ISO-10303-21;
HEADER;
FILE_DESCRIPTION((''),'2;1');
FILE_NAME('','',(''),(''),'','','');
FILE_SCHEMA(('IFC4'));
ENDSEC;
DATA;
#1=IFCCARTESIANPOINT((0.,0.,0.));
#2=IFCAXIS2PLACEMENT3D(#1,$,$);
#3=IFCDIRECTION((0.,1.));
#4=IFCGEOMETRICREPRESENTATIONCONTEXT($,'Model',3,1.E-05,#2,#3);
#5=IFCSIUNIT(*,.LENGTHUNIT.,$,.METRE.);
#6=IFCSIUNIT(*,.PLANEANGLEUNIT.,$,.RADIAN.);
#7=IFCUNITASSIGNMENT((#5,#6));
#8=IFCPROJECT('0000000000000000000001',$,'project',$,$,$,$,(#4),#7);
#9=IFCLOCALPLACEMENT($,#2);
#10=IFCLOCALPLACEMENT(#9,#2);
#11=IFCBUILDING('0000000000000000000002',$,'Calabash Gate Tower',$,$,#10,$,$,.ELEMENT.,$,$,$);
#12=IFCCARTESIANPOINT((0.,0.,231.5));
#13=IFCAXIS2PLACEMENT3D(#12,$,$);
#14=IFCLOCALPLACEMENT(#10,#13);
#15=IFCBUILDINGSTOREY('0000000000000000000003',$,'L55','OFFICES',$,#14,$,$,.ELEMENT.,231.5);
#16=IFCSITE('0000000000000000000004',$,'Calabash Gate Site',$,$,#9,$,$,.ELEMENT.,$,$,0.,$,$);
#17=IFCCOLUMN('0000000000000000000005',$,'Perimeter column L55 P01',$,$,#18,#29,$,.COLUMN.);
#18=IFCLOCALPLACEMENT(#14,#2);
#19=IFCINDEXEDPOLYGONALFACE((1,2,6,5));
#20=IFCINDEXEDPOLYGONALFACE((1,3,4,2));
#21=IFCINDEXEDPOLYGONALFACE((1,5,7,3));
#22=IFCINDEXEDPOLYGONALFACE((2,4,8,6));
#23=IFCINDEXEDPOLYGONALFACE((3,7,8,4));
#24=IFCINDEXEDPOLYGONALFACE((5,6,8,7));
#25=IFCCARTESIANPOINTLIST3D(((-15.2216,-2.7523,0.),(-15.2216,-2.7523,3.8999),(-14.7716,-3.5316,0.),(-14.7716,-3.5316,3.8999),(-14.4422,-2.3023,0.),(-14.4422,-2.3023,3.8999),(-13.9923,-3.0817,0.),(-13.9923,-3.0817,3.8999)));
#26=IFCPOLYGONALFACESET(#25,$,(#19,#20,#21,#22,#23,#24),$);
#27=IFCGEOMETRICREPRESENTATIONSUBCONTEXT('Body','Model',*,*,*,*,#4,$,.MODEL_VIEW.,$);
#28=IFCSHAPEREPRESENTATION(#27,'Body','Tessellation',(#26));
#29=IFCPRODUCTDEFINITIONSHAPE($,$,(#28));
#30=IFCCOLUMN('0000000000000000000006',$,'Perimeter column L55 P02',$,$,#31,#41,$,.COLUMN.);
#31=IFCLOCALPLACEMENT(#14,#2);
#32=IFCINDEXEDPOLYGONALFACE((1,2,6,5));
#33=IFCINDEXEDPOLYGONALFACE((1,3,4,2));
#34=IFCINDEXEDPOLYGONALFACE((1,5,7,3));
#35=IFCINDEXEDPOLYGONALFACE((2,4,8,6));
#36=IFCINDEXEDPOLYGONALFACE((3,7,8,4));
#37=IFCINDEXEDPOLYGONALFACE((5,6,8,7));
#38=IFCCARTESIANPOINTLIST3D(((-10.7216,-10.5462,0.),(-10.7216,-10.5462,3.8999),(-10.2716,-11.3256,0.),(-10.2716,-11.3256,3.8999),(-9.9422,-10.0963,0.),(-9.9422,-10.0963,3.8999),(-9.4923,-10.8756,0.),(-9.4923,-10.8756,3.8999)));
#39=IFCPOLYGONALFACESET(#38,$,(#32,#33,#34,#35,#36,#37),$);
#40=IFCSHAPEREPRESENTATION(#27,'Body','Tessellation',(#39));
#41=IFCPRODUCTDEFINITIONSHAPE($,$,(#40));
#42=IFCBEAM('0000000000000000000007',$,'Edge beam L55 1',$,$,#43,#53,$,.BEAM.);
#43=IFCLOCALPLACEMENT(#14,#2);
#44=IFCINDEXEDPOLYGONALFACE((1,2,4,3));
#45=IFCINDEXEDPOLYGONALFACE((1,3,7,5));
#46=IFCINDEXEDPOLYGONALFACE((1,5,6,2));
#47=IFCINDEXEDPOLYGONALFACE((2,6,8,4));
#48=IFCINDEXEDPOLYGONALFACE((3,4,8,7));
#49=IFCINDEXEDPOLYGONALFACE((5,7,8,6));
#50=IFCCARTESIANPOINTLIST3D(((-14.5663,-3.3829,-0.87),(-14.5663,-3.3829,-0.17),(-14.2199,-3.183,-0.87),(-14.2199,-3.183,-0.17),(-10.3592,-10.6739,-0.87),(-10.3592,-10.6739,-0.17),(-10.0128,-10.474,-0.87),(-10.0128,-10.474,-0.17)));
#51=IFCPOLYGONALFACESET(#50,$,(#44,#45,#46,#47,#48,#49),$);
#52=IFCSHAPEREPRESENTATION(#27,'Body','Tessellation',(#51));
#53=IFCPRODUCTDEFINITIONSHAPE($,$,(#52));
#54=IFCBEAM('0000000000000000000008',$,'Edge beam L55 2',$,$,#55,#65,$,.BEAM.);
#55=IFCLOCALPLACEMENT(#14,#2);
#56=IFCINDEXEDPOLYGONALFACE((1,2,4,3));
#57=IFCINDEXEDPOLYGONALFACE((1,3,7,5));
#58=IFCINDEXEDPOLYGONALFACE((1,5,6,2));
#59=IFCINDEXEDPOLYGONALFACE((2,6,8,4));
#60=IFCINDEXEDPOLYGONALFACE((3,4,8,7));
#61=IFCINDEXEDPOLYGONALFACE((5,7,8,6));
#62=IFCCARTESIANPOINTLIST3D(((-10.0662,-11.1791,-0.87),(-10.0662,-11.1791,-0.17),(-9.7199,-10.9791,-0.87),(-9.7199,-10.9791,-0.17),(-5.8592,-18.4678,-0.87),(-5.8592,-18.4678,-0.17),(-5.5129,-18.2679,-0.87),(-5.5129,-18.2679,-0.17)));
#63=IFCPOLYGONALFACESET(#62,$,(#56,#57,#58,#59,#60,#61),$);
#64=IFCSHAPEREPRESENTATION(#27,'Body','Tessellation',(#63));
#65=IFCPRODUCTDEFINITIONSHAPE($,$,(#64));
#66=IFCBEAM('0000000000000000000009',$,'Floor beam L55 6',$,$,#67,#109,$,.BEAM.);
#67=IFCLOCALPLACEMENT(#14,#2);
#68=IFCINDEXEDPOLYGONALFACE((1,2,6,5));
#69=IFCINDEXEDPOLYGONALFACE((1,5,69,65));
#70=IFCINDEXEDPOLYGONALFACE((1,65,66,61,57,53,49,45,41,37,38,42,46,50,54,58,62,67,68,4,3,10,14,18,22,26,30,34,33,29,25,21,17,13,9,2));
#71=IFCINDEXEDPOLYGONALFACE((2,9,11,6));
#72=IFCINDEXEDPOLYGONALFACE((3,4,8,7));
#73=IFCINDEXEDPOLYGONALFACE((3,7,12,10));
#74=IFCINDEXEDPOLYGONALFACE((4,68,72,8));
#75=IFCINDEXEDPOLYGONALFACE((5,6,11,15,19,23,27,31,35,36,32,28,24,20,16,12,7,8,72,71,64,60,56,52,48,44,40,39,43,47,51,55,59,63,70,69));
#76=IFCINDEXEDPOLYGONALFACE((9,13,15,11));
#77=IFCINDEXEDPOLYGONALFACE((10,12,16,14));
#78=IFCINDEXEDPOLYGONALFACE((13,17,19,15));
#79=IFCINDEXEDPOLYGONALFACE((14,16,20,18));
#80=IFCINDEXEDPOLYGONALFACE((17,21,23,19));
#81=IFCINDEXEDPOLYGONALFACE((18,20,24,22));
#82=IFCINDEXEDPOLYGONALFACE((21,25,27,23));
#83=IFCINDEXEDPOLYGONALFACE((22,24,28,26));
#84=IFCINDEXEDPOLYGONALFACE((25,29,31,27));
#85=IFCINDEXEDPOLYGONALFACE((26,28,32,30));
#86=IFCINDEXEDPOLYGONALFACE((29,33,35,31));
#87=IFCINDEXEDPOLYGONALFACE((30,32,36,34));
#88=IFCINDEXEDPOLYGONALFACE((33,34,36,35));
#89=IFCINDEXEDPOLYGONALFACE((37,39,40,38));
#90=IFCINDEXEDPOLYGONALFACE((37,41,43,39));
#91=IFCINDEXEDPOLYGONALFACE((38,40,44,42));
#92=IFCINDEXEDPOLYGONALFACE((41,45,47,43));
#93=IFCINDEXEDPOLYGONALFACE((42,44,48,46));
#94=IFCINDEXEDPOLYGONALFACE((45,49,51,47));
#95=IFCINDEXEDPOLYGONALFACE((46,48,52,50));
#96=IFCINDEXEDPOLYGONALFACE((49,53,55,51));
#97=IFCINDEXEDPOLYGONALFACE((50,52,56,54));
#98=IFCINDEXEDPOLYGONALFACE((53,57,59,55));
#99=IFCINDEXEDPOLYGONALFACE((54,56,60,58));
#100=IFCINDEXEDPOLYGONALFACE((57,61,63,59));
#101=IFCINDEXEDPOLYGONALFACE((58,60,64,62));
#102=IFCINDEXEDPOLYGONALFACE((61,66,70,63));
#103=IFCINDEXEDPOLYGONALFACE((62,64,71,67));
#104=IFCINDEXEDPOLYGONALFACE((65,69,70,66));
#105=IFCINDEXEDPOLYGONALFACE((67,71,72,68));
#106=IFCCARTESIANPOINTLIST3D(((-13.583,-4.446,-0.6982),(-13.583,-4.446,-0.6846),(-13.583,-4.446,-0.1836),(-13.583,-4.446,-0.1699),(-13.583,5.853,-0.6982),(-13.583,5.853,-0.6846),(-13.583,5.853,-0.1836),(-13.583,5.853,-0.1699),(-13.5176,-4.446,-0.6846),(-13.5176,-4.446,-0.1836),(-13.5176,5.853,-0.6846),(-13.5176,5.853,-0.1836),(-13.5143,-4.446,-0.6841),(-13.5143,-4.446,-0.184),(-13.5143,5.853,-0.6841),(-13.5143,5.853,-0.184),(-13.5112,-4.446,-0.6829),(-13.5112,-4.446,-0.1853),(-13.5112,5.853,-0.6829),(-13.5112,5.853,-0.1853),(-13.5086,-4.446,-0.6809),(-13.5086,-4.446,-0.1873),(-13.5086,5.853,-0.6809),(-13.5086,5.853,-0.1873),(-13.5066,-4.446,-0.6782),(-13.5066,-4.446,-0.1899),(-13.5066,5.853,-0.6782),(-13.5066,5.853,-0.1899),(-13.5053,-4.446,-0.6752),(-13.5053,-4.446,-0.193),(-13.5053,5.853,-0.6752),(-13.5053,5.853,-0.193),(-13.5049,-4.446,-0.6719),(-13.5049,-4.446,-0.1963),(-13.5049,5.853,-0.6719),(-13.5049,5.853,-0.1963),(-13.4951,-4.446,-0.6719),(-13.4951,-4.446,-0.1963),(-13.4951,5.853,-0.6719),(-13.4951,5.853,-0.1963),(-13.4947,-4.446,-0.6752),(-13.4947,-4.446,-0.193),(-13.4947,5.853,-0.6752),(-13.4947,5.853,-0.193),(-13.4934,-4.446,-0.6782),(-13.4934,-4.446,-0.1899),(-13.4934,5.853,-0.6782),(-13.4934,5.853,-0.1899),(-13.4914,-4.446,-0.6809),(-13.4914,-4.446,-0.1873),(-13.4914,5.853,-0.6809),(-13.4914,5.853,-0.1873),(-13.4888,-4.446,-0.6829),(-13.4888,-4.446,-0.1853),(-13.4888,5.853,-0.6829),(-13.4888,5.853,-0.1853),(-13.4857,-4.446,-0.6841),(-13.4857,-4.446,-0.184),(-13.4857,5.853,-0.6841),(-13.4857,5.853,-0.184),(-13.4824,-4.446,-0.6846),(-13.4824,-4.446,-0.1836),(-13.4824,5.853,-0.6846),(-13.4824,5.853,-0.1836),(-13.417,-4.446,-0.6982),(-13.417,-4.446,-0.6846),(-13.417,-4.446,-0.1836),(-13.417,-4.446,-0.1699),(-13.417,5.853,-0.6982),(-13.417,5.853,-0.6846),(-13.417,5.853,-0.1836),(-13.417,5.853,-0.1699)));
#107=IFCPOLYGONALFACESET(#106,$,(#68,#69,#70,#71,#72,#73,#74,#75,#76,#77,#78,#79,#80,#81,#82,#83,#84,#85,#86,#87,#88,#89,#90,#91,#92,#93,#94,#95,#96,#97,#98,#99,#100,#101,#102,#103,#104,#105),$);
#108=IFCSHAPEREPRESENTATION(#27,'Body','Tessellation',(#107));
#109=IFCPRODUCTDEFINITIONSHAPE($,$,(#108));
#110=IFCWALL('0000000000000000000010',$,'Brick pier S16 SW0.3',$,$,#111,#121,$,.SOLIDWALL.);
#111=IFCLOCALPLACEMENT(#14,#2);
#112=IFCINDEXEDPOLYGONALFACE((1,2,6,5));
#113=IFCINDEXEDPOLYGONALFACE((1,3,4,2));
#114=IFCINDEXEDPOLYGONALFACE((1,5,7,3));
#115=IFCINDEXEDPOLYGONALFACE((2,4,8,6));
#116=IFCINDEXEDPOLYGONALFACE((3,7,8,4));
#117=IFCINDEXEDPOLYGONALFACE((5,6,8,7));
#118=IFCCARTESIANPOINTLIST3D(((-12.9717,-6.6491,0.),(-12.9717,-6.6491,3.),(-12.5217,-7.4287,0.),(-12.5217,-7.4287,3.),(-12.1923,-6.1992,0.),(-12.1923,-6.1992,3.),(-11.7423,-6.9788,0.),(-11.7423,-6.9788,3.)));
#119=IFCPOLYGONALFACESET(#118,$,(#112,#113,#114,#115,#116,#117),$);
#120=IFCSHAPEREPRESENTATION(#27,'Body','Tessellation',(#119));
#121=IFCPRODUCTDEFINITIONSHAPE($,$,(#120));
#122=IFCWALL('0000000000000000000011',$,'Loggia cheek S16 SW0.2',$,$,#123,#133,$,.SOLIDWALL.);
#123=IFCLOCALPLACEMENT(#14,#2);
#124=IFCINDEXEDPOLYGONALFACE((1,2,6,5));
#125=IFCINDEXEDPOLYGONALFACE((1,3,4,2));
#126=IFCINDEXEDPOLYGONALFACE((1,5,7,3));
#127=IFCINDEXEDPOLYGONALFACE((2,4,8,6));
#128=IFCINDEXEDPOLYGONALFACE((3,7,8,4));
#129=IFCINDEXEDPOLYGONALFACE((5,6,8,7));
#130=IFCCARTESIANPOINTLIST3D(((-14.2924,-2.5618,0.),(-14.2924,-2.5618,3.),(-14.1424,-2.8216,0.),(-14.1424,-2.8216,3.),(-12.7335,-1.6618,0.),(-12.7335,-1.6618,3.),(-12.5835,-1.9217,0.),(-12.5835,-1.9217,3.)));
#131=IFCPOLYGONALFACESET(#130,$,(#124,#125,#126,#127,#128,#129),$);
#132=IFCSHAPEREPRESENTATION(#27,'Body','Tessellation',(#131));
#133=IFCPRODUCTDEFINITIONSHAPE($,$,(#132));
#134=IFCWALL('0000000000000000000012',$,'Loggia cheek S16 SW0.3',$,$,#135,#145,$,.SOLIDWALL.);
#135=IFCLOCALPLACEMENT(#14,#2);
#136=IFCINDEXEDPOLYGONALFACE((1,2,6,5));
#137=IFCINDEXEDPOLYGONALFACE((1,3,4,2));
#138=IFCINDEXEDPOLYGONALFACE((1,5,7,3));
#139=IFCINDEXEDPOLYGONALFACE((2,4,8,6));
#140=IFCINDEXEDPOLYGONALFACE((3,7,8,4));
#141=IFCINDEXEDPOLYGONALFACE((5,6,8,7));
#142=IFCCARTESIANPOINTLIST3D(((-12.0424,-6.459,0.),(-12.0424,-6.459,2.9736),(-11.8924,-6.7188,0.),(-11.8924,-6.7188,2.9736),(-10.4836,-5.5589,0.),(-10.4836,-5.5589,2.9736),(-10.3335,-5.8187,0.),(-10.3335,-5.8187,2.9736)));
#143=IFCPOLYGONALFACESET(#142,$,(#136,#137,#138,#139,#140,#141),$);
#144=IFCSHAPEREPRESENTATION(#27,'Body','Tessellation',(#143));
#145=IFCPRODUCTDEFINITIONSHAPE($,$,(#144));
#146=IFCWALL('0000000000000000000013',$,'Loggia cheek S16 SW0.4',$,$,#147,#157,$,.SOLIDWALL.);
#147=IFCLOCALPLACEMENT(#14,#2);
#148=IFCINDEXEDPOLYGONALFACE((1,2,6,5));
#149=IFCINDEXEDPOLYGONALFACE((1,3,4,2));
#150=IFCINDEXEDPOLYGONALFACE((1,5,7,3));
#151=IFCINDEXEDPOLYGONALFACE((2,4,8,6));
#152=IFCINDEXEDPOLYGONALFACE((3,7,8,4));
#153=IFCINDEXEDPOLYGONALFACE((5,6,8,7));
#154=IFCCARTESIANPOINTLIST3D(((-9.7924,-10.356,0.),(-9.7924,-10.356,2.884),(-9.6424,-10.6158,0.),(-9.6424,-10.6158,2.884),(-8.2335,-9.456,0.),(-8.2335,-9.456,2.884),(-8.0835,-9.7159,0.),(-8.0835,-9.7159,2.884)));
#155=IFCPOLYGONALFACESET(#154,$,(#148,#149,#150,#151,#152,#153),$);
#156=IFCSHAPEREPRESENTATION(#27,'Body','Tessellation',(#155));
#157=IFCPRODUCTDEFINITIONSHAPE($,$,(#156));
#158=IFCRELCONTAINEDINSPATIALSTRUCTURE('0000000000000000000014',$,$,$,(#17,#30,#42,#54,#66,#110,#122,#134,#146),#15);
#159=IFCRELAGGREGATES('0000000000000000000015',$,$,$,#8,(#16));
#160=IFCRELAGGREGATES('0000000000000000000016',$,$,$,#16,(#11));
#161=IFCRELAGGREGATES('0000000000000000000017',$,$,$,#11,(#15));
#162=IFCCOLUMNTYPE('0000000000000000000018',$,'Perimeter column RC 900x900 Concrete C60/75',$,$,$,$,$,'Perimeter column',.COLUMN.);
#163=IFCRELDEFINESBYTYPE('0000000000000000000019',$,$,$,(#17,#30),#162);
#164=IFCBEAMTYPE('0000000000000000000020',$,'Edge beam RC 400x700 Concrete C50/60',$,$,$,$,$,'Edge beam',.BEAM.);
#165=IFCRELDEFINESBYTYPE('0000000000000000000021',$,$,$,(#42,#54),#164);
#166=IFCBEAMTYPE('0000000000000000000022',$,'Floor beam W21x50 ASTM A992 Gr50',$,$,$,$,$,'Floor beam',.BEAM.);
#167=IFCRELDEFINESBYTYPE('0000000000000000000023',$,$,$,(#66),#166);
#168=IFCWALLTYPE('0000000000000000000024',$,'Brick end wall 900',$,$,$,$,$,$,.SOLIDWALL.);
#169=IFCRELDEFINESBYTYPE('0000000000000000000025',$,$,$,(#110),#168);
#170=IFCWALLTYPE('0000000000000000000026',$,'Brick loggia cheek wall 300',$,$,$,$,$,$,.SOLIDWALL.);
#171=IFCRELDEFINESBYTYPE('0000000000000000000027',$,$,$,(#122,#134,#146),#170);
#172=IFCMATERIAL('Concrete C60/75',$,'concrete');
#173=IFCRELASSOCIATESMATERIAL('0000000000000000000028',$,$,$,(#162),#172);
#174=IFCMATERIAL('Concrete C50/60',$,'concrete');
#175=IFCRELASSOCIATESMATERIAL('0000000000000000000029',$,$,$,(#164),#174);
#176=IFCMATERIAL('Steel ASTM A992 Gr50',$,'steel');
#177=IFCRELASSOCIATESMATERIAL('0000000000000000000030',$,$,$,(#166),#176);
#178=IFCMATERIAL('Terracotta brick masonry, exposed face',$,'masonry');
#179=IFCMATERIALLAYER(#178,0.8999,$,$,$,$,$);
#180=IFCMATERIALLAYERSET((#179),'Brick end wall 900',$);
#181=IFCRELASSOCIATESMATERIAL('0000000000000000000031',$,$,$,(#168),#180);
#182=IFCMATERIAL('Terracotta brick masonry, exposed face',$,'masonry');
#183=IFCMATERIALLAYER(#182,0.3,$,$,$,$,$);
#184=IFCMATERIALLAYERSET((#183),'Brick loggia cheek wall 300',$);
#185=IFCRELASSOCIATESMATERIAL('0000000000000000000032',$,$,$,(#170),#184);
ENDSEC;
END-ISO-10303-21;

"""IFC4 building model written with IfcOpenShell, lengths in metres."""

from ifc_helpers import new_model, si_unit, direction, frame, frame_2d, origin, origin_2d, place, context, subcontext, project, spatial, rectangle, i_section, extrude, material, layer, layer_set, material_profile, profile_set, type_object, element, save


model = new_model("IFC4")

# Units and contexts
model_context = context("Model", 3, precision=1e-05, world=origin(), true_north=direction((0.0, 1.0)))
body_context = subcontext(model_context, "Body", "Model", "MODEL_VIEW")
ifc_project = project(units=[si_unit("LENGTHUNIT", "METRE"), si_unit("PLANEANGLEUNIT", "RADIAN")], contexts=[model_context])

# Site, building, storey
site_placement = place(None, origin())
site = spatial("IfcSite", under=ifc_project, at=site_placement, Name="Calabash Gate Site", CompositionType="ELEMENT", RefElevation=0.0)
building_placement = place(site_placement, origin())
building = spatial("IfcBuilding", under=site, at=building_placement, Name="Calabash Gate Tower", CompositionType="ELEMENT")
storey_placement = place(building_placement, frame((0.0, 0.0, 231.5)))
storey = spatial("IfcBuildingStorey", under=building, at=storey_placement, Name="L55", Description="OFFICES", CompositionType="ELEMENT", Elevation=231.5)

# Columns
ifc_material_1 = material(Name="Concrete C60/75", Category="concrete")
ifc_material_profile_1 = material_profile(ifc_material_1, rectangle(XDim=0.8999, YDim=0.8999, at=origin_2d()))
ifc_profile_set_1 = profile_set([ifc_material_profile_1], Name="Concrete C60/75")
column_type = type_object("IfcColumnType", Name="Perimeter column RC 900x900 Concrete C60/75", ElementType="Perimeter column", PredefinedType="COLUMN", material=ifc_profile_set_1)
for number, where, z_axis, x_axis, name in (
    (1, (-14.6069, -2.917, 0.0), (0.0, 0.0, 1.0), (0.5, -0.866025, 0.0), "Perimeter column L55 P01"),
    (2, (-10.1069, -10.7109, 0.0), (0.0, 0.0, 1.0), (0.5, -0.866025, 0.0), "Perimeter column L55 P02"),
):
    element("IfcColumn", number, at=place(storey_placement, frame(where, z_axis=z_axis, x_axis=x_axis)), inside=storey, type_object=column_type, Name=name, PredefinedType="COLUMN", context=body_context, shape_type="SweptSolid", body=[
        extrude(rectangle(XDim=0.8999, YDim=0.8999, at=origin_2d()), origin(), (0.0, 0.0, 1.0), 3.8999),
    ])

# Beams
ifc_material_2 = material(Name="Concrete C50/60", Category="concrete")
ifc_material_profile_2 = material_profile(ifc_material_2, rectangle(XDim=0.3999, YDim=0.7, at=origin_2d()))
ifc_profile_set_2 = profile_set([ifc_material_profile_2], Name="Concrete C50/60")
beam_type_1 = type_object("IfcBeamType", Name="Edge beam RC 400x700 Concrete C50/60", ElementType="Edge beam", PredefinedType="BEAM", material=ifc_profile_set_2)
beam_1_placement = place(storey_placement, frame((-14.3931, -3.283, -0.52), z_axis=(0.499783, -0.866151, 0.0), x_axis=(0.866151, 0.499783, 0.0)))
element("IfcBeam", 3, at=beam_1_placement, inside=storey, type_object=beam_type_1, Name="Edge beam L55 1", PredefinedType="BEAM", context=body_context, shape_type="SweptSolid", body=[
    extrude(rectangle(XDim=0.3999, YDim=0.7, at=origin_2d()), origin(), (0.0, 0.0, 1.0), 8.4177),
])
beam_2_placement = place(storey_placement, frame((-9.8931, -11.0791, -0.52), z_axis=(0.499896, -0.866086, 0.0), x_axis=(0.866086, 0.499896, 0.0)))
element("IfcBeam", 4, at=beam_2_placement, inside=storey, type_object=beam_type_1, Name="Edge beam L55 2", PredefinedType="BEAM", context=body_context, shape_type="SweptSolid", body=[
    extrude(rectangle(XDim=0.3999, YDim=0.7, at=origin_2d()), origin(), (0.0, 0.0, 1.0), 8.4158),
])
ifc_material_3 = material(Name="Steel ASTM A992 Gr50", Category="steel")
ifc_material_profile_3 = material_profile(ifc_material_3, i_section(OverallWidth=0.166, OverallDepth=0.5283, WebThickness=0.0098, FlangeThickness=0.0137, FilletRadius=0.0127, at=origin_2d()))
ifc_profile_set_3 = profile_set([ifc_material_profile_3], Name="Steel ASTM A992 Gr50")
beam_type_2 = type_object("IfcBeamType", Name="Floor beam W21x50 ASTM A992 Gr50", ElementType="Floor beam", PredefinedType="BEAM", material=ifc_profile_set_3)
beam_3_placement = place(storey_placement, frame((-13.5, -4.446, -0.4341), z_axis=(0.0, 1.0, 0.0), x_axis=(-1.0, 0.0, 0.0)))
element("IfcBeam", 5, at=beam_3_placement, inside=storey, type_object=beam_type_2, Name="Floor beam L55 6", PredefinedType="BEAM", context=body_context, shape_type="SweptSolid", body=[
    extrude(i_section(OverallWidth=0.166, OverallDepth=0.5283, WebThickness=0.0098, FlangeThickness=0.0137, FilletRadius=0.0127, at=origin_2d()), origin(), (0.0, 0.0, 1.0), 10.2991),
])

# Walls
ifc_material_4 = material(Name="Terracotta brick masonry, exposed face", Category="masonry")
ifc_layer_1 = layer(ifc_material_4, 0.8999)
ifc_layer_set_1 = layer_set([ifc_layer_1], Name="Brick end wall 900")
wall_type_1 = type_object("IfcWallType", Name="Brick end wall 900", PredefinedType="SOLIDWALL", material=ifc_layer_set_1)
wall_1_placement = place(storey_placement, frame((-12.582, -6.4241, 0.0), z_axis=(0.0, 0.0, 1.0), x_axis=(0.499902, -0.866082, 0.0)))
element("IfcWall", 6, at=wall_1_placement, inside=storey, type_object=wall_type_1, Name="Brick pier S16 SW0.3", PredefinedType="SOLIDWALL", context=body_context, shape_type="SweptSolid", body=[
    extrude(rectangle(XDim=0.9001, YDim=0.8999, at=frame_2d((0.4502, 0.0))), origin(), (0.0, 0.0, 1.0), 3.0),
])
ifc_material_5 = material(Name="Terracotta brick masonry, exposed face", Category="masonry")
ifc_layer_2 = layer(ifc_material_5, 0.3)
ifc_layer_set_2 = layer_set([ifc_layer_2], Name="Brick loggia cheek wall 300")
wall_type_2 = type_object("IfcWallType", Name="Brick loggia cheek wall 300", PredefinedType="SOLIDWALL", material=ifc_layer_set_2)
wall_2_placement = place(storey_placement, frame((-14.2173, -2.6917, 0.0), z_axis=(0.0, 0.0, 1.0), x_axis=(0.866048, 0.499961, 0.0)))
element("IfcWall", 7, at=wall_2_placement, inside=storey, type_object=wall_type_2, Name="Loggia cheek S16 SW0.2", PredefinedType="SOLIDWALL", context=body_context, shape_type="SweptSolid", body=[
    extrude(rectangle(XDim=1.8, YDim=0.3, at=frame_2d((0.8999, 0.0))), origin(), (0.0, 0.0, 1.0), 3.0),
])
wall_3_placement = place(storey_placement, frame((-11.9673, -6.5889, 0.0), z_axis=(0.0, 0.0, 1.0), x_axis=(0.865989, 0.500063, 0.0)))
element("IfcWall", 8, at=wall_3_placement, inside=storey, type_object=wall_type_2, Name="Loggia cheek S16 SW0.3", PredefinedType="SOLIDWALL", context=body_context, shape_type="SweptSolid", body=[
    extrude(rectangle(XDim=1.8, YDim=0.3, at=frame_2d((0.8999, 0.0))), origin(), (0.0, 0.0, 1.0), 2.9736),
])
wall_4_placement = place(storey_placement, frame((-9.7173, -10.4858, 0.0), z_axis=(0.0, 0.0, 1.0), x_axis=(0.866048, 0.499961, 0.0)))
element("IfcWall", 9, at=wall_4_placement, inside=storey, type_object=wall_type_2, Name="Loggia cheek S16 SW0.4", PredefinedType="SOLIDWALL", context=body_context, shape_type="SweptSolid", body=[
    extrude(rectangle(XDim=1.8, YDim=0.3, at=frame_2d((0.8999, 0.0))), origin(), (0.0, 0.0, 1.0), 2.884),
])

save(model, "model.ifc")
